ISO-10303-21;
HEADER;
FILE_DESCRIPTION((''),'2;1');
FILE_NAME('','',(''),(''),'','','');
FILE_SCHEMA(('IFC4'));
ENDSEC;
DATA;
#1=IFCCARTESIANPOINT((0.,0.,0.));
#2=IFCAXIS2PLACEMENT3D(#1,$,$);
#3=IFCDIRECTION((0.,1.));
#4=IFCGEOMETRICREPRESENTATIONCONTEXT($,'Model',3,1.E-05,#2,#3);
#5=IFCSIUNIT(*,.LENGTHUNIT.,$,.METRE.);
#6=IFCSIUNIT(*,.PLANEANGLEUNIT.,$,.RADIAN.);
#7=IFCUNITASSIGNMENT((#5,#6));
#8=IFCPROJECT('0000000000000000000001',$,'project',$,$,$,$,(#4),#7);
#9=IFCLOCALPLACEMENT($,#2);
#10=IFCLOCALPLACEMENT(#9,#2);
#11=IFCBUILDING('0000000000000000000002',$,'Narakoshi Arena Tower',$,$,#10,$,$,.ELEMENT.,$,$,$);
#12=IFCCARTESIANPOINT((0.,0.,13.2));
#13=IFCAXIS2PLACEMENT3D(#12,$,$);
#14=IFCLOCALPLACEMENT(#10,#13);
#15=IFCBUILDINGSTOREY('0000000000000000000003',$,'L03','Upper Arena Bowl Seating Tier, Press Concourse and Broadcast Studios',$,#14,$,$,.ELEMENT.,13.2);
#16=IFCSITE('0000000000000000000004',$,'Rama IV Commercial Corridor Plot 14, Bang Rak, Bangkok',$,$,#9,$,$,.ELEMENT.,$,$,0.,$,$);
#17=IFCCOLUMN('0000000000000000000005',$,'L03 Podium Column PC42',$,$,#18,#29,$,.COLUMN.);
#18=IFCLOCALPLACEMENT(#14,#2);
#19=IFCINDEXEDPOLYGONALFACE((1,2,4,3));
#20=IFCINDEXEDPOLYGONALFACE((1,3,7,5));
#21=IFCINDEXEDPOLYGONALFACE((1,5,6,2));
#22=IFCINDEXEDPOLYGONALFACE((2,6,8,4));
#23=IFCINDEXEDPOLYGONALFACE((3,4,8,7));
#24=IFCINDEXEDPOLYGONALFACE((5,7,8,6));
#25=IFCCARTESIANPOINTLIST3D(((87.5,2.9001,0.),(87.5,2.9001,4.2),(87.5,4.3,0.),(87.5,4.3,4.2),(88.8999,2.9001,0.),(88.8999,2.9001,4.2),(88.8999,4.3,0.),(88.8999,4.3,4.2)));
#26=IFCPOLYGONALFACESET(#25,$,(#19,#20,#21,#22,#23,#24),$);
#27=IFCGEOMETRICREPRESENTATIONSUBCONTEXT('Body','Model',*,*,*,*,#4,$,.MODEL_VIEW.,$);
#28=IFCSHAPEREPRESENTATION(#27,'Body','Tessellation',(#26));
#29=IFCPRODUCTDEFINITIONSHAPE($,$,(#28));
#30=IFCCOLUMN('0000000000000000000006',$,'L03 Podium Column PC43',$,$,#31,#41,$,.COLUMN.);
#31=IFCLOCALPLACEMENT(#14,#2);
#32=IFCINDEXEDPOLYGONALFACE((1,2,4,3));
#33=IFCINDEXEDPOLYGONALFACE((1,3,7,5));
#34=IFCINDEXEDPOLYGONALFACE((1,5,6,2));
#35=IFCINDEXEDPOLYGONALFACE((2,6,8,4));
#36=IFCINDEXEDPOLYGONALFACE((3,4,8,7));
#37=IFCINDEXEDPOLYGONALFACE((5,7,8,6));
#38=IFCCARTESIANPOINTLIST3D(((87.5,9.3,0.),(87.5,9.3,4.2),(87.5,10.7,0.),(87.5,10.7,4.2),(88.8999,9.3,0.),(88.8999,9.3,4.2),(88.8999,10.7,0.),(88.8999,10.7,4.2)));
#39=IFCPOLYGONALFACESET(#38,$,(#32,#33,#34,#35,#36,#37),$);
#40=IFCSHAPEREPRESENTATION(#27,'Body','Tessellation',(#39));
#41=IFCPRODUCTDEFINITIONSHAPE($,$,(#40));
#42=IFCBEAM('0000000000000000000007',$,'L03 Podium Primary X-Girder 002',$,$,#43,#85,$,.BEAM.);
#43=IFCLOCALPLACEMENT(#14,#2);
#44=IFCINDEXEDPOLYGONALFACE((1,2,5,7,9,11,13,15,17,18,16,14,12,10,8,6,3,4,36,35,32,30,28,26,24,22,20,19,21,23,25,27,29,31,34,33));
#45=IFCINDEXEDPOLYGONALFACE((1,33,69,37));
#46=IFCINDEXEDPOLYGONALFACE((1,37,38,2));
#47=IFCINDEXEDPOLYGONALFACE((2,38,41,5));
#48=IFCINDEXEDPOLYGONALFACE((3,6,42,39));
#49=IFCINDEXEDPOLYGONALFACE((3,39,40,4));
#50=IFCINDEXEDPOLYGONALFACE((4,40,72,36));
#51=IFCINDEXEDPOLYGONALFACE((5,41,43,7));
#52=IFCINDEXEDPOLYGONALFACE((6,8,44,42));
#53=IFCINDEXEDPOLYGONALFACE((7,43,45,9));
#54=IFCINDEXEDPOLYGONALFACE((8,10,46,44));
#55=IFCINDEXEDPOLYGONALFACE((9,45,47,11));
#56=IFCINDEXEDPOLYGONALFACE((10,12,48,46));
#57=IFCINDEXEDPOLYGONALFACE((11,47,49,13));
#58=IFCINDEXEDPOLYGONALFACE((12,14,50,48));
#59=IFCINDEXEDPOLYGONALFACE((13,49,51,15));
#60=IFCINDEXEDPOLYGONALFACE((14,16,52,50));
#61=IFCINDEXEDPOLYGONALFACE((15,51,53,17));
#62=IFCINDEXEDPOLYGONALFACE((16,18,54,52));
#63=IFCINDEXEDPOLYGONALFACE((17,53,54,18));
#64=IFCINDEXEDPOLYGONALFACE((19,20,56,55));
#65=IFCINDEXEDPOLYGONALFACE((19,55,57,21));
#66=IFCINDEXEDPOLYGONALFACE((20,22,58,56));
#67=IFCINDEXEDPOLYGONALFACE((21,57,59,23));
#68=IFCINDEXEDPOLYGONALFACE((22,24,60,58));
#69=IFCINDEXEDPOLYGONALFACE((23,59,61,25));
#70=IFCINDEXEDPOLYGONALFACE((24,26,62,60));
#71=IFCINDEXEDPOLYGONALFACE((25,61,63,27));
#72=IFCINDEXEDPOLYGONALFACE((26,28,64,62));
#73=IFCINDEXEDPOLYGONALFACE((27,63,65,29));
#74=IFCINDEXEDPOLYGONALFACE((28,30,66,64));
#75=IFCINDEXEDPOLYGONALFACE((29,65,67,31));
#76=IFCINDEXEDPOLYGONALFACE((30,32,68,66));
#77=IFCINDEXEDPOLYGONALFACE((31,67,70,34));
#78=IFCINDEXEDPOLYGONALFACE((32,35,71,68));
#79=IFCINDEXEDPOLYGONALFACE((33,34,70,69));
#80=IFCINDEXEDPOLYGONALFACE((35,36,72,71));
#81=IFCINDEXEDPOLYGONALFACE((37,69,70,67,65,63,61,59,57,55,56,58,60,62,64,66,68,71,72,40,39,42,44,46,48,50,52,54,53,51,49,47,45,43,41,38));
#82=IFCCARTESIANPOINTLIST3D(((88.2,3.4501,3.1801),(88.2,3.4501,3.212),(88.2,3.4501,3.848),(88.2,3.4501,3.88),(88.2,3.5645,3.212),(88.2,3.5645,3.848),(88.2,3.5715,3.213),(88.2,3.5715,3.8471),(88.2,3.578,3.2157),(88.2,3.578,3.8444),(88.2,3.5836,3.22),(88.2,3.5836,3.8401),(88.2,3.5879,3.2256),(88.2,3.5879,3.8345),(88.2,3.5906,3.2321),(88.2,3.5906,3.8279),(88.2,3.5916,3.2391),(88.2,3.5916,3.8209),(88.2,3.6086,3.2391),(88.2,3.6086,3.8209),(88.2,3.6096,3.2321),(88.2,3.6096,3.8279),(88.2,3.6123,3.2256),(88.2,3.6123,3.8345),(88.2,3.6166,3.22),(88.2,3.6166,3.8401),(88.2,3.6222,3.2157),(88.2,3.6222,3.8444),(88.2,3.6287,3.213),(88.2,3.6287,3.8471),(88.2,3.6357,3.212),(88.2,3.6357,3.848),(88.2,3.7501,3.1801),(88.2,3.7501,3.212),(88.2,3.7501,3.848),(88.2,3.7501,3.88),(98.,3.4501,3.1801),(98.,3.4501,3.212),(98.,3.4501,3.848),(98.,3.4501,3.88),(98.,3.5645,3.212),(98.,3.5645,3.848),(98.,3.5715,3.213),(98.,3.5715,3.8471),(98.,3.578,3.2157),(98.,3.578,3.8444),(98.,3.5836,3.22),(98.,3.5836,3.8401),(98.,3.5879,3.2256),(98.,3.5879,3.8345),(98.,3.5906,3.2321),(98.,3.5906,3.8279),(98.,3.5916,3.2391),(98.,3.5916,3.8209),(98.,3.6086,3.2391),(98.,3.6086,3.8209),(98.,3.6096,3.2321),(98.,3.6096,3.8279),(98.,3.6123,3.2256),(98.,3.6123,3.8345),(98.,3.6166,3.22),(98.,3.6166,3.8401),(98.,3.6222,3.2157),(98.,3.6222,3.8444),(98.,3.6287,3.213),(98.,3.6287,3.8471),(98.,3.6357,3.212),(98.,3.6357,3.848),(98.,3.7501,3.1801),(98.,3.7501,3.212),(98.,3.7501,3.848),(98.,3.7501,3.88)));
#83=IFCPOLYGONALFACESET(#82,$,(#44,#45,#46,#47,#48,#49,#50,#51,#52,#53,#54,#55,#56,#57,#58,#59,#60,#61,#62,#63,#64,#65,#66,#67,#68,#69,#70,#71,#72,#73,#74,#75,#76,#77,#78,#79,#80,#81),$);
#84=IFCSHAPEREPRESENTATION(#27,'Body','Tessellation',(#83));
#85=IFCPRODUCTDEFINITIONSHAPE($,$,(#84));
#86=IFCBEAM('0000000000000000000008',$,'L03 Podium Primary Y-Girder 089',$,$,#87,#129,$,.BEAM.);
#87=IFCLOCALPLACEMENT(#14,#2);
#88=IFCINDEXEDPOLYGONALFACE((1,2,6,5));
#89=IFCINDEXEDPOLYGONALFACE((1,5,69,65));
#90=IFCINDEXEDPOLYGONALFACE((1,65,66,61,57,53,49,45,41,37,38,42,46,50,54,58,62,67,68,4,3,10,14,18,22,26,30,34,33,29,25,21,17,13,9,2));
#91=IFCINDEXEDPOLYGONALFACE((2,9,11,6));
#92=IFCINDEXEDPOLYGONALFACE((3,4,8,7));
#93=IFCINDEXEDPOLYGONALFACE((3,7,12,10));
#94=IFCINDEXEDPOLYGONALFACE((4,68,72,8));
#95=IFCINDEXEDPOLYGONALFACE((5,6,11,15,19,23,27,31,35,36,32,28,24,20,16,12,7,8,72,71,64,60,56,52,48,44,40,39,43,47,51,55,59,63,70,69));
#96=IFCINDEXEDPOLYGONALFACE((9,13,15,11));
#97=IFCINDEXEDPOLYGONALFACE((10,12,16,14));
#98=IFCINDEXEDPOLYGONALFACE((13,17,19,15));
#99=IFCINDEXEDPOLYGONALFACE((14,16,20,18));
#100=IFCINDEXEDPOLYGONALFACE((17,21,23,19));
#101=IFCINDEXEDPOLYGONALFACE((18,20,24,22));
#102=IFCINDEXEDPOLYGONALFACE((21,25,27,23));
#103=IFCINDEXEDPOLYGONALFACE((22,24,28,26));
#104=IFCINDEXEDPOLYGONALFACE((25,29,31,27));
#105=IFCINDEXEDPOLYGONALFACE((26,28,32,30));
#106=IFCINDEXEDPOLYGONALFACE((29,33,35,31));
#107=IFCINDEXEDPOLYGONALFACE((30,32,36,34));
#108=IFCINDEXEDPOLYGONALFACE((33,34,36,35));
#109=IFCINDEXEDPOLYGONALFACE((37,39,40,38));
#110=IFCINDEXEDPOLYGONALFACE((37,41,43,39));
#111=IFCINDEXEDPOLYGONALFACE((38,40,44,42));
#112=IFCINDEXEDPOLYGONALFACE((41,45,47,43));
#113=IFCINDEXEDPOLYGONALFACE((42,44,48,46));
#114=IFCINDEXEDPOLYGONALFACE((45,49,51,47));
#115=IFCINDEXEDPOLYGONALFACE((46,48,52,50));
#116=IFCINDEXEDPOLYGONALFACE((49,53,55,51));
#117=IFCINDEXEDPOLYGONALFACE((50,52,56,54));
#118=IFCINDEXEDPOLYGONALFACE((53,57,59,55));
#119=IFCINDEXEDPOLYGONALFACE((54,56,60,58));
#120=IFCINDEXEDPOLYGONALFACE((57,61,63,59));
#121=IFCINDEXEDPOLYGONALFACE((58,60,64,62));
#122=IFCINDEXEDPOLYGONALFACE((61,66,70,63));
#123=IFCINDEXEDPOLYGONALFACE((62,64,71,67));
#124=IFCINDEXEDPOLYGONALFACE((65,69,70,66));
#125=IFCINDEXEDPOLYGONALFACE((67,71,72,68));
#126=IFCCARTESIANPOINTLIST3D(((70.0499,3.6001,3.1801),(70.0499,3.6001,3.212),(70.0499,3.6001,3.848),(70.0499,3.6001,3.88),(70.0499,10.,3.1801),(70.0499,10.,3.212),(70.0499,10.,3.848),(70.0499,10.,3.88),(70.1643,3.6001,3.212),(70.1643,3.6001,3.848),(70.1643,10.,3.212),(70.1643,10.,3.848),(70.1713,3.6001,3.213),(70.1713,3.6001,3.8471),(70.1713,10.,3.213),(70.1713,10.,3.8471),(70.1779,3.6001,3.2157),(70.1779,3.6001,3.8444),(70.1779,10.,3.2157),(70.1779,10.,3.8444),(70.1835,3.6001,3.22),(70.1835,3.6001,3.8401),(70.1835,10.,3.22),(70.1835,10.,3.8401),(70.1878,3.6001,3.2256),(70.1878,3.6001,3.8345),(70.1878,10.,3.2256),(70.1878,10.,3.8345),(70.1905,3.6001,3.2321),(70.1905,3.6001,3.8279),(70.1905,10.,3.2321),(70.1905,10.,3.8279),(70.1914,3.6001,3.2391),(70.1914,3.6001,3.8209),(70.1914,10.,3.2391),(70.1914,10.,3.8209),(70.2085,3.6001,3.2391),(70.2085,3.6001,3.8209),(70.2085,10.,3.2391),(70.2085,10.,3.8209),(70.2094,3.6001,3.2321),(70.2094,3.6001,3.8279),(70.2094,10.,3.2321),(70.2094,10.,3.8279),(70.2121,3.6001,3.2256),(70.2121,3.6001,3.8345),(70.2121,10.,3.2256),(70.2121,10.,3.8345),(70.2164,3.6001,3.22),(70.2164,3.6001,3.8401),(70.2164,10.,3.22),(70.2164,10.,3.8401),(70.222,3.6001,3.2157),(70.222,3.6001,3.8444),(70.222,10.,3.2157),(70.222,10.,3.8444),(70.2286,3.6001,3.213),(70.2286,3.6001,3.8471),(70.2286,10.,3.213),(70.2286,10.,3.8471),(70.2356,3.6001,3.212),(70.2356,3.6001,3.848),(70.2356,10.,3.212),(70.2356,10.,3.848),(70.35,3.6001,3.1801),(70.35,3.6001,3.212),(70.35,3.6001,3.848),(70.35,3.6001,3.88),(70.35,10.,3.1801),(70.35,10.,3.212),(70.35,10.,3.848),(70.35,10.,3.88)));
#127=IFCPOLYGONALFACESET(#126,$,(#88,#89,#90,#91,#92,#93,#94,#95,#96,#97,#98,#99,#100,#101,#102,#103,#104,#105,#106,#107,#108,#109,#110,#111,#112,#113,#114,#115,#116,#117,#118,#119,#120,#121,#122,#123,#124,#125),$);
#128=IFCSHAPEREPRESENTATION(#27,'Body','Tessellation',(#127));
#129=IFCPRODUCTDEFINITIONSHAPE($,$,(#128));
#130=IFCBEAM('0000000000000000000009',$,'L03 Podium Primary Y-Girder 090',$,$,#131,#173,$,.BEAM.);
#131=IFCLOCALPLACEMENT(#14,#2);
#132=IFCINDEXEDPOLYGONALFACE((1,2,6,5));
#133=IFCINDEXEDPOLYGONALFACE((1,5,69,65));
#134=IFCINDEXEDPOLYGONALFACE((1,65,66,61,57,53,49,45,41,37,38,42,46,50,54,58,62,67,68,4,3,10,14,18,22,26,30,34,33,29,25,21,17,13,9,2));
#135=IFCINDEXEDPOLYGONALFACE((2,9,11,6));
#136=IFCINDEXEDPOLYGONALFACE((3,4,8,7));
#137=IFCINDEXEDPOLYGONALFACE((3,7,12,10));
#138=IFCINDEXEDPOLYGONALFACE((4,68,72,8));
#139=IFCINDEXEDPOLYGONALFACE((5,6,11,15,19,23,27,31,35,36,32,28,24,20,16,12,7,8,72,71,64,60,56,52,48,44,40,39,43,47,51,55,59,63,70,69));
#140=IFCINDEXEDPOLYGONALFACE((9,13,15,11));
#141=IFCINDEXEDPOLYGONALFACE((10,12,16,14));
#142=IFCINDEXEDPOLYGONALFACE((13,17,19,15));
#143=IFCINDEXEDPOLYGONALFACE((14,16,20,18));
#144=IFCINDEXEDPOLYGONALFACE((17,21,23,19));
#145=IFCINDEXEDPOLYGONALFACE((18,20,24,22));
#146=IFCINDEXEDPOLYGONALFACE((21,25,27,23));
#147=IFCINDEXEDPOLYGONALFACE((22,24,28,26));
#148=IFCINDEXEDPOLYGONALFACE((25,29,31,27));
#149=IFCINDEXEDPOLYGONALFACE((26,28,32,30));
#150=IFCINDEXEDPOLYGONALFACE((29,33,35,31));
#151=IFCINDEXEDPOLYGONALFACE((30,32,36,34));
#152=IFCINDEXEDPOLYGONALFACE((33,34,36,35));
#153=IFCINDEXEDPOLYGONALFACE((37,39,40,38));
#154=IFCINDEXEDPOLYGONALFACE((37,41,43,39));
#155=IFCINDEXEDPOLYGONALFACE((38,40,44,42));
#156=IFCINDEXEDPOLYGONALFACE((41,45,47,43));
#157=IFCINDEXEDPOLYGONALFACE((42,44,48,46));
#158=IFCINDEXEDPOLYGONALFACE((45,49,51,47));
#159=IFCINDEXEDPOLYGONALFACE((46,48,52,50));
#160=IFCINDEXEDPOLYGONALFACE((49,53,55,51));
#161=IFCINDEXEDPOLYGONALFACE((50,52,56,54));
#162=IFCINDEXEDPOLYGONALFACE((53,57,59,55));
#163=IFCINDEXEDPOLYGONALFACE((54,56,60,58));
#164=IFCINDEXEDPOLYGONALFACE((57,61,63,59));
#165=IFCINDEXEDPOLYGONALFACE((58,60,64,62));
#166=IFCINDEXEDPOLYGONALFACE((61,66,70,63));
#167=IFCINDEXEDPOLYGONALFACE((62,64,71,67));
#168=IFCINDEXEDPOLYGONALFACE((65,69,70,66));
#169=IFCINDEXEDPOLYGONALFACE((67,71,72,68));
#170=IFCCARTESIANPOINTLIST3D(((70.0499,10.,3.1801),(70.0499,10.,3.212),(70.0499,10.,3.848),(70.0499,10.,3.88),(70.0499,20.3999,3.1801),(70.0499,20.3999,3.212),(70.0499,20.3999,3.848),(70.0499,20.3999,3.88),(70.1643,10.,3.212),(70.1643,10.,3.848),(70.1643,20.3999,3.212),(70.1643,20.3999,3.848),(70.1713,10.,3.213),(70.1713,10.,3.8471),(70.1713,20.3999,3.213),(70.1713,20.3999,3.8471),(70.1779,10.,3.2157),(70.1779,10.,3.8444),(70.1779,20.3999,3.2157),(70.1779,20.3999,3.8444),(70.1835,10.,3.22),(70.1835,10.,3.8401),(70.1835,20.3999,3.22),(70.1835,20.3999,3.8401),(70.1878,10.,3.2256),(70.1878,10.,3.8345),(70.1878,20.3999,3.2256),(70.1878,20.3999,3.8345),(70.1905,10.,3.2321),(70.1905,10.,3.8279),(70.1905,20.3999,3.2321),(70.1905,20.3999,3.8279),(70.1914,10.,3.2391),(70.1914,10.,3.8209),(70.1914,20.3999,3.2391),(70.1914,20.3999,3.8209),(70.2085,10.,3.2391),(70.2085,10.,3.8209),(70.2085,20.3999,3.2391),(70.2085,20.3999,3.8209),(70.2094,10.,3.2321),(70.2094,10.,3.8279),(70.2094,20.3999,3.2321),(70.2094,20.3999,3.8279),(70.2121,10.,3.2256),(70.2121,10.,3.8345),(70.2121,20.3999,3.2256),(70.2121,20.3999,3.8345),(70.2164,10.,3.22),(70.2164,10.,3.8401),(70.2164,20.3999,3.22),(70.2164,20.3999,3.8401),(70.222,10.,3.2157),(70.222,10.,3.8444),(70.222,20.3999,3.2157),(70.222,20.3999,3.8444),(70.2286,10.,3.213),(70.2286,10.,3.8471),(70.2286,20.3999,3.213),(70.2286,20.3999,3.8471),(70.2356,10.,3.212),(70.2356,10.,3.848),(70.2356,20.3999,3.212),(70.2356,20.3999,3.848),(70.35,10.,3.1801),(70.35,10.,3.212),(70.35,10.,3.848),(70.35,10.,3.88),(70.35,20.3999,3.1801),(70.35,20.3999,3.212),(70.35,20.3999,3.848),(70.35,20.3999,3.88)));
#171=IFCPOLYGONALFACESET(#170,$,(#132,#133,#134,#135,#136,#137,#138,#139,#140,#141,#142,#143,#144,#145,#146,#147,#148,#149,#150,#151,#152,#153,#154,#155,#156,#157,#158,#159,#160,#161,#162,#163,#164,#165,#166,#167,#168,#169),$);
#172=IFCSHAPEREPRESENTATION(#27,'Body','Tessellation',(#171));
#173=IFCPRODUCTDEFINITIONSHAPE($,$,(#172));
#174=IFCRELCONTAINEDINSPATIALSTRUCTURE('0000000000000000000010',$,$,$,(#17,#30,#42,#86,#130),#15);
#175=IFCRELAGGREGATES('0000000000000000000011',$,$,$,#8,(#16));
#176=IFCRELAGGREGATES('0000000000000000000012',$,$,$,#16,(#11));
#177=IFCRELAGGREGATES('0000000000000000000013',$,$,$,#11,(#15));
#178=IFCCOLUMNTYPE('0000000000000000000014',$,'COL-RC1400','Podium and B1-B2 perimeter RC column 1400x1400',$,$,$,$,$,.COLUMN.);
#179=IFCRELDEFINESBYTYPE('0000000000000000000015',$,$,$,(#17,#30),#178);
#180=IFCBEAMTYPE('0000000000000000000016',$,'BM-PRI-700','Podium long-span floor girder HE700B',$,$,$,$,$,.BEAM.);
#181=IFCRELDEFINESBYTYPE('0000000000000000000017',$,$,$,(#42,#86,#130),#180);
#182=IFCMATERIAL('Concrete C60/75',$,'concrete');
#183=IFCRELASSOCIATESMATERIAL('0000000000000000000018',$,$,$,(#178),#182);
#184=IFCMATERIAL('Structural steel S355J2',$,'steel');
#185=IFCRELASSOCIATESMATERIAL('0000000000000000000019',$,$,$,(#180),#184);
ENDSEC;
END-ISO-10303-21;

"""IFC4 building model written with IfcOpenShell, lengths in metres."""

from ifc_helpers import new_model, si_unit, direction, frame, origin, origin_2d, place, context, subcontext, project, spatial, rectangle, i_section, extrude, material, material_profile, profile_set, type_object, element, save


model = new_model("IFC4")

# Units and contexts
model_context = context("Model", 3, precision=1e-05, world=origin(), true_north=direction((0.0, 1.0)))
body_context = subcontext(model_context, "Body", "Model", "MODEL_VIEW")
ifc_project = project(units=[si_unit("LENGTHUNIT", "METRE"), si_unit("PLANEANGLEUNIT", "RADIAN")], contexts=[model_context])

# Site, building, storey
site_placement = place(None, origin())
site = spatial("IfcSite", under=ifc_project, at=site_placement, Name="Rama IV Commercial Corridor Plot 14, Bang Rak, Bangkok", CompositionType="ELEMENT", RefElevation=0.0)
building_placement = place(site_placement, origin())
building = spatial("IfcBuilding", under=site, at=building_placement, Name="Narakoshi Arena Tower", CompositionType="ELEMENT")
storey_placement = place(building_placement, frame((0.0, 0.0, 13.2)))
storey = spatial("IfcBuildingStorey", under=building, at=storey_placement, Name="L03", Description="Upper Arena Bowl Seating Tier, Press Concourse and Broadcast Studios", CompositionType="ELEMENT", Elevation=13.2)

# Columns
ifc_material_1 = material(Name="Concrete C60/75", Category="concrete")
ifc_material_profile_1 = material_profile(ifc_material_1, rectangle(XDim=1.3999, YDim=1.3999, at=origin_2d()), Name="RC1400x1400")
ifc_profile_set_1 = profile_set([ifc_material_profile_1], Name="Concrete C60/75")
column_type = type_object("IfcColumnType", Name="COL-RC1400", Description="Podium and B1-B2 perimeter RC column 1400x1400", PredefinedType="COLUMN", material=ifc_profile_set_1)
for number, where, z_axis, x_axis, name in (
    (1, (88.2, 3.6001, 0.0), (0.0, 0.0, 1.0), (1.0, 0.0, 0.0), "L03 Podium Column PC42"),
    (2, (88.2, 10.0, 0.0), (0.0, 0.0, 1.0), (1.0, 0.0, 0.0), "L03 Podium Column PC43"),
):
    element("IfcColumn", number, at=place(storey_placement, frame(where, z_axis=z_axis, x_axis=x_axis)), inside=storey, type_object=column_type, Name=name, PredefinedType="COLUMN", context=body_context, shape_type="SweptSolid", body=[
        extrude(rectangle(XDim=1.3999, YDim=1.3999, at=origin_2d()), origin(), (0.0, 0.0, 1.0), 4.2),
    ])

# Beams
ifc_material_2 = material(Name="Structural steel S355J2", Category="steel")
ifc_material_profile_2 = material_profile(ifc_material_2, i_section(OverallWidth=0.3, OverallDepth=0.7, WebThickness=0.0171, FlangeThickness=0.032, FilletRadius=0.0271, at=origin_2d()), Name="HE700B")
ifc_profile_set_2 = profile_set([ifc_material_profile_2], Name="Structural steel S355J2")
beam_type_1 = type_object("IfcBeamType", Name="BM-PRI-700", Description="Podium long-span floor girder HE700B", PredefinedType="BEAM", material=ifc_profile_set_2)
beam_1_placement = place(storey_placement, frame((88.2, 3.6001, 3.53), z_axis=(1.0, 0.0, 0.0), x_axis=(0.0, 1.0, 0.0)))
element("IfcBeam", 3, at=beam_1_placement, inside=storey, type_object=beam_type_1, Name="L03 Podium Primary X-Girder 002", PredefinedType="BEAM", context=body_context, shape_type="SweptSolid", body=[
    extrude(i_section(OverallWidth=0.3, OverallDepth=0.7, WebThickness=0.0171, FlangeThickness=0.032, FilletRadius=0.0271, at=origin_2d()), origin(), (0.0, 0.0, 1.0), 9.8),
])
beam_2_placement = place(storey_placement, frame((70.2, 3.6001, 3.53), z_axis=(0.0, 1.0, 0.0), x_axis=(-1.0, 0.0, 0.0)))
element("IfcBeam", 4, at=beam_2_placement, inside=storey, type_object=beam_type_1, Name="L03 Podium Primary Y-Girder 089", PredefinedType="BEAM", context=body_context, shape_type="SweptSolid", body=[
    extrude(i_section(OverallWidth=0.3, OverallDepth=0.7, WebThickness=0.0171, FlangeThickness=0.032, FilletRadius=0.0271, at=origin_2d()), origin(), (0.0, 0.0, 1.0), 6.3999),
])
beam_3_placement = place(storey_placement, frame((70.2, 10.0, 3.53), z_axis=(0.0, 1.0, 0.0), x_axis=(-1.0, 0.0, 0.0)))
element("IfcBeam", 5, at=beam_3_placement, inside=storey, type_object=beam_type_1, Name="L03 Podium Primary Y-Girder 090", PredefinedType="BEAM", context=body_context, shape_type="SweptSolid", body=[
    extrude(i_section(OverallWidth=0.3, OverallDepth=0.7, WebThickness=0.0171, FlangeThickness=0.032, FilletRadius=0.0271, at=origin_2d()), origin(), (0.0, 0.0, 1.0), 10.3999),
])

save(model, "model.ifc")
